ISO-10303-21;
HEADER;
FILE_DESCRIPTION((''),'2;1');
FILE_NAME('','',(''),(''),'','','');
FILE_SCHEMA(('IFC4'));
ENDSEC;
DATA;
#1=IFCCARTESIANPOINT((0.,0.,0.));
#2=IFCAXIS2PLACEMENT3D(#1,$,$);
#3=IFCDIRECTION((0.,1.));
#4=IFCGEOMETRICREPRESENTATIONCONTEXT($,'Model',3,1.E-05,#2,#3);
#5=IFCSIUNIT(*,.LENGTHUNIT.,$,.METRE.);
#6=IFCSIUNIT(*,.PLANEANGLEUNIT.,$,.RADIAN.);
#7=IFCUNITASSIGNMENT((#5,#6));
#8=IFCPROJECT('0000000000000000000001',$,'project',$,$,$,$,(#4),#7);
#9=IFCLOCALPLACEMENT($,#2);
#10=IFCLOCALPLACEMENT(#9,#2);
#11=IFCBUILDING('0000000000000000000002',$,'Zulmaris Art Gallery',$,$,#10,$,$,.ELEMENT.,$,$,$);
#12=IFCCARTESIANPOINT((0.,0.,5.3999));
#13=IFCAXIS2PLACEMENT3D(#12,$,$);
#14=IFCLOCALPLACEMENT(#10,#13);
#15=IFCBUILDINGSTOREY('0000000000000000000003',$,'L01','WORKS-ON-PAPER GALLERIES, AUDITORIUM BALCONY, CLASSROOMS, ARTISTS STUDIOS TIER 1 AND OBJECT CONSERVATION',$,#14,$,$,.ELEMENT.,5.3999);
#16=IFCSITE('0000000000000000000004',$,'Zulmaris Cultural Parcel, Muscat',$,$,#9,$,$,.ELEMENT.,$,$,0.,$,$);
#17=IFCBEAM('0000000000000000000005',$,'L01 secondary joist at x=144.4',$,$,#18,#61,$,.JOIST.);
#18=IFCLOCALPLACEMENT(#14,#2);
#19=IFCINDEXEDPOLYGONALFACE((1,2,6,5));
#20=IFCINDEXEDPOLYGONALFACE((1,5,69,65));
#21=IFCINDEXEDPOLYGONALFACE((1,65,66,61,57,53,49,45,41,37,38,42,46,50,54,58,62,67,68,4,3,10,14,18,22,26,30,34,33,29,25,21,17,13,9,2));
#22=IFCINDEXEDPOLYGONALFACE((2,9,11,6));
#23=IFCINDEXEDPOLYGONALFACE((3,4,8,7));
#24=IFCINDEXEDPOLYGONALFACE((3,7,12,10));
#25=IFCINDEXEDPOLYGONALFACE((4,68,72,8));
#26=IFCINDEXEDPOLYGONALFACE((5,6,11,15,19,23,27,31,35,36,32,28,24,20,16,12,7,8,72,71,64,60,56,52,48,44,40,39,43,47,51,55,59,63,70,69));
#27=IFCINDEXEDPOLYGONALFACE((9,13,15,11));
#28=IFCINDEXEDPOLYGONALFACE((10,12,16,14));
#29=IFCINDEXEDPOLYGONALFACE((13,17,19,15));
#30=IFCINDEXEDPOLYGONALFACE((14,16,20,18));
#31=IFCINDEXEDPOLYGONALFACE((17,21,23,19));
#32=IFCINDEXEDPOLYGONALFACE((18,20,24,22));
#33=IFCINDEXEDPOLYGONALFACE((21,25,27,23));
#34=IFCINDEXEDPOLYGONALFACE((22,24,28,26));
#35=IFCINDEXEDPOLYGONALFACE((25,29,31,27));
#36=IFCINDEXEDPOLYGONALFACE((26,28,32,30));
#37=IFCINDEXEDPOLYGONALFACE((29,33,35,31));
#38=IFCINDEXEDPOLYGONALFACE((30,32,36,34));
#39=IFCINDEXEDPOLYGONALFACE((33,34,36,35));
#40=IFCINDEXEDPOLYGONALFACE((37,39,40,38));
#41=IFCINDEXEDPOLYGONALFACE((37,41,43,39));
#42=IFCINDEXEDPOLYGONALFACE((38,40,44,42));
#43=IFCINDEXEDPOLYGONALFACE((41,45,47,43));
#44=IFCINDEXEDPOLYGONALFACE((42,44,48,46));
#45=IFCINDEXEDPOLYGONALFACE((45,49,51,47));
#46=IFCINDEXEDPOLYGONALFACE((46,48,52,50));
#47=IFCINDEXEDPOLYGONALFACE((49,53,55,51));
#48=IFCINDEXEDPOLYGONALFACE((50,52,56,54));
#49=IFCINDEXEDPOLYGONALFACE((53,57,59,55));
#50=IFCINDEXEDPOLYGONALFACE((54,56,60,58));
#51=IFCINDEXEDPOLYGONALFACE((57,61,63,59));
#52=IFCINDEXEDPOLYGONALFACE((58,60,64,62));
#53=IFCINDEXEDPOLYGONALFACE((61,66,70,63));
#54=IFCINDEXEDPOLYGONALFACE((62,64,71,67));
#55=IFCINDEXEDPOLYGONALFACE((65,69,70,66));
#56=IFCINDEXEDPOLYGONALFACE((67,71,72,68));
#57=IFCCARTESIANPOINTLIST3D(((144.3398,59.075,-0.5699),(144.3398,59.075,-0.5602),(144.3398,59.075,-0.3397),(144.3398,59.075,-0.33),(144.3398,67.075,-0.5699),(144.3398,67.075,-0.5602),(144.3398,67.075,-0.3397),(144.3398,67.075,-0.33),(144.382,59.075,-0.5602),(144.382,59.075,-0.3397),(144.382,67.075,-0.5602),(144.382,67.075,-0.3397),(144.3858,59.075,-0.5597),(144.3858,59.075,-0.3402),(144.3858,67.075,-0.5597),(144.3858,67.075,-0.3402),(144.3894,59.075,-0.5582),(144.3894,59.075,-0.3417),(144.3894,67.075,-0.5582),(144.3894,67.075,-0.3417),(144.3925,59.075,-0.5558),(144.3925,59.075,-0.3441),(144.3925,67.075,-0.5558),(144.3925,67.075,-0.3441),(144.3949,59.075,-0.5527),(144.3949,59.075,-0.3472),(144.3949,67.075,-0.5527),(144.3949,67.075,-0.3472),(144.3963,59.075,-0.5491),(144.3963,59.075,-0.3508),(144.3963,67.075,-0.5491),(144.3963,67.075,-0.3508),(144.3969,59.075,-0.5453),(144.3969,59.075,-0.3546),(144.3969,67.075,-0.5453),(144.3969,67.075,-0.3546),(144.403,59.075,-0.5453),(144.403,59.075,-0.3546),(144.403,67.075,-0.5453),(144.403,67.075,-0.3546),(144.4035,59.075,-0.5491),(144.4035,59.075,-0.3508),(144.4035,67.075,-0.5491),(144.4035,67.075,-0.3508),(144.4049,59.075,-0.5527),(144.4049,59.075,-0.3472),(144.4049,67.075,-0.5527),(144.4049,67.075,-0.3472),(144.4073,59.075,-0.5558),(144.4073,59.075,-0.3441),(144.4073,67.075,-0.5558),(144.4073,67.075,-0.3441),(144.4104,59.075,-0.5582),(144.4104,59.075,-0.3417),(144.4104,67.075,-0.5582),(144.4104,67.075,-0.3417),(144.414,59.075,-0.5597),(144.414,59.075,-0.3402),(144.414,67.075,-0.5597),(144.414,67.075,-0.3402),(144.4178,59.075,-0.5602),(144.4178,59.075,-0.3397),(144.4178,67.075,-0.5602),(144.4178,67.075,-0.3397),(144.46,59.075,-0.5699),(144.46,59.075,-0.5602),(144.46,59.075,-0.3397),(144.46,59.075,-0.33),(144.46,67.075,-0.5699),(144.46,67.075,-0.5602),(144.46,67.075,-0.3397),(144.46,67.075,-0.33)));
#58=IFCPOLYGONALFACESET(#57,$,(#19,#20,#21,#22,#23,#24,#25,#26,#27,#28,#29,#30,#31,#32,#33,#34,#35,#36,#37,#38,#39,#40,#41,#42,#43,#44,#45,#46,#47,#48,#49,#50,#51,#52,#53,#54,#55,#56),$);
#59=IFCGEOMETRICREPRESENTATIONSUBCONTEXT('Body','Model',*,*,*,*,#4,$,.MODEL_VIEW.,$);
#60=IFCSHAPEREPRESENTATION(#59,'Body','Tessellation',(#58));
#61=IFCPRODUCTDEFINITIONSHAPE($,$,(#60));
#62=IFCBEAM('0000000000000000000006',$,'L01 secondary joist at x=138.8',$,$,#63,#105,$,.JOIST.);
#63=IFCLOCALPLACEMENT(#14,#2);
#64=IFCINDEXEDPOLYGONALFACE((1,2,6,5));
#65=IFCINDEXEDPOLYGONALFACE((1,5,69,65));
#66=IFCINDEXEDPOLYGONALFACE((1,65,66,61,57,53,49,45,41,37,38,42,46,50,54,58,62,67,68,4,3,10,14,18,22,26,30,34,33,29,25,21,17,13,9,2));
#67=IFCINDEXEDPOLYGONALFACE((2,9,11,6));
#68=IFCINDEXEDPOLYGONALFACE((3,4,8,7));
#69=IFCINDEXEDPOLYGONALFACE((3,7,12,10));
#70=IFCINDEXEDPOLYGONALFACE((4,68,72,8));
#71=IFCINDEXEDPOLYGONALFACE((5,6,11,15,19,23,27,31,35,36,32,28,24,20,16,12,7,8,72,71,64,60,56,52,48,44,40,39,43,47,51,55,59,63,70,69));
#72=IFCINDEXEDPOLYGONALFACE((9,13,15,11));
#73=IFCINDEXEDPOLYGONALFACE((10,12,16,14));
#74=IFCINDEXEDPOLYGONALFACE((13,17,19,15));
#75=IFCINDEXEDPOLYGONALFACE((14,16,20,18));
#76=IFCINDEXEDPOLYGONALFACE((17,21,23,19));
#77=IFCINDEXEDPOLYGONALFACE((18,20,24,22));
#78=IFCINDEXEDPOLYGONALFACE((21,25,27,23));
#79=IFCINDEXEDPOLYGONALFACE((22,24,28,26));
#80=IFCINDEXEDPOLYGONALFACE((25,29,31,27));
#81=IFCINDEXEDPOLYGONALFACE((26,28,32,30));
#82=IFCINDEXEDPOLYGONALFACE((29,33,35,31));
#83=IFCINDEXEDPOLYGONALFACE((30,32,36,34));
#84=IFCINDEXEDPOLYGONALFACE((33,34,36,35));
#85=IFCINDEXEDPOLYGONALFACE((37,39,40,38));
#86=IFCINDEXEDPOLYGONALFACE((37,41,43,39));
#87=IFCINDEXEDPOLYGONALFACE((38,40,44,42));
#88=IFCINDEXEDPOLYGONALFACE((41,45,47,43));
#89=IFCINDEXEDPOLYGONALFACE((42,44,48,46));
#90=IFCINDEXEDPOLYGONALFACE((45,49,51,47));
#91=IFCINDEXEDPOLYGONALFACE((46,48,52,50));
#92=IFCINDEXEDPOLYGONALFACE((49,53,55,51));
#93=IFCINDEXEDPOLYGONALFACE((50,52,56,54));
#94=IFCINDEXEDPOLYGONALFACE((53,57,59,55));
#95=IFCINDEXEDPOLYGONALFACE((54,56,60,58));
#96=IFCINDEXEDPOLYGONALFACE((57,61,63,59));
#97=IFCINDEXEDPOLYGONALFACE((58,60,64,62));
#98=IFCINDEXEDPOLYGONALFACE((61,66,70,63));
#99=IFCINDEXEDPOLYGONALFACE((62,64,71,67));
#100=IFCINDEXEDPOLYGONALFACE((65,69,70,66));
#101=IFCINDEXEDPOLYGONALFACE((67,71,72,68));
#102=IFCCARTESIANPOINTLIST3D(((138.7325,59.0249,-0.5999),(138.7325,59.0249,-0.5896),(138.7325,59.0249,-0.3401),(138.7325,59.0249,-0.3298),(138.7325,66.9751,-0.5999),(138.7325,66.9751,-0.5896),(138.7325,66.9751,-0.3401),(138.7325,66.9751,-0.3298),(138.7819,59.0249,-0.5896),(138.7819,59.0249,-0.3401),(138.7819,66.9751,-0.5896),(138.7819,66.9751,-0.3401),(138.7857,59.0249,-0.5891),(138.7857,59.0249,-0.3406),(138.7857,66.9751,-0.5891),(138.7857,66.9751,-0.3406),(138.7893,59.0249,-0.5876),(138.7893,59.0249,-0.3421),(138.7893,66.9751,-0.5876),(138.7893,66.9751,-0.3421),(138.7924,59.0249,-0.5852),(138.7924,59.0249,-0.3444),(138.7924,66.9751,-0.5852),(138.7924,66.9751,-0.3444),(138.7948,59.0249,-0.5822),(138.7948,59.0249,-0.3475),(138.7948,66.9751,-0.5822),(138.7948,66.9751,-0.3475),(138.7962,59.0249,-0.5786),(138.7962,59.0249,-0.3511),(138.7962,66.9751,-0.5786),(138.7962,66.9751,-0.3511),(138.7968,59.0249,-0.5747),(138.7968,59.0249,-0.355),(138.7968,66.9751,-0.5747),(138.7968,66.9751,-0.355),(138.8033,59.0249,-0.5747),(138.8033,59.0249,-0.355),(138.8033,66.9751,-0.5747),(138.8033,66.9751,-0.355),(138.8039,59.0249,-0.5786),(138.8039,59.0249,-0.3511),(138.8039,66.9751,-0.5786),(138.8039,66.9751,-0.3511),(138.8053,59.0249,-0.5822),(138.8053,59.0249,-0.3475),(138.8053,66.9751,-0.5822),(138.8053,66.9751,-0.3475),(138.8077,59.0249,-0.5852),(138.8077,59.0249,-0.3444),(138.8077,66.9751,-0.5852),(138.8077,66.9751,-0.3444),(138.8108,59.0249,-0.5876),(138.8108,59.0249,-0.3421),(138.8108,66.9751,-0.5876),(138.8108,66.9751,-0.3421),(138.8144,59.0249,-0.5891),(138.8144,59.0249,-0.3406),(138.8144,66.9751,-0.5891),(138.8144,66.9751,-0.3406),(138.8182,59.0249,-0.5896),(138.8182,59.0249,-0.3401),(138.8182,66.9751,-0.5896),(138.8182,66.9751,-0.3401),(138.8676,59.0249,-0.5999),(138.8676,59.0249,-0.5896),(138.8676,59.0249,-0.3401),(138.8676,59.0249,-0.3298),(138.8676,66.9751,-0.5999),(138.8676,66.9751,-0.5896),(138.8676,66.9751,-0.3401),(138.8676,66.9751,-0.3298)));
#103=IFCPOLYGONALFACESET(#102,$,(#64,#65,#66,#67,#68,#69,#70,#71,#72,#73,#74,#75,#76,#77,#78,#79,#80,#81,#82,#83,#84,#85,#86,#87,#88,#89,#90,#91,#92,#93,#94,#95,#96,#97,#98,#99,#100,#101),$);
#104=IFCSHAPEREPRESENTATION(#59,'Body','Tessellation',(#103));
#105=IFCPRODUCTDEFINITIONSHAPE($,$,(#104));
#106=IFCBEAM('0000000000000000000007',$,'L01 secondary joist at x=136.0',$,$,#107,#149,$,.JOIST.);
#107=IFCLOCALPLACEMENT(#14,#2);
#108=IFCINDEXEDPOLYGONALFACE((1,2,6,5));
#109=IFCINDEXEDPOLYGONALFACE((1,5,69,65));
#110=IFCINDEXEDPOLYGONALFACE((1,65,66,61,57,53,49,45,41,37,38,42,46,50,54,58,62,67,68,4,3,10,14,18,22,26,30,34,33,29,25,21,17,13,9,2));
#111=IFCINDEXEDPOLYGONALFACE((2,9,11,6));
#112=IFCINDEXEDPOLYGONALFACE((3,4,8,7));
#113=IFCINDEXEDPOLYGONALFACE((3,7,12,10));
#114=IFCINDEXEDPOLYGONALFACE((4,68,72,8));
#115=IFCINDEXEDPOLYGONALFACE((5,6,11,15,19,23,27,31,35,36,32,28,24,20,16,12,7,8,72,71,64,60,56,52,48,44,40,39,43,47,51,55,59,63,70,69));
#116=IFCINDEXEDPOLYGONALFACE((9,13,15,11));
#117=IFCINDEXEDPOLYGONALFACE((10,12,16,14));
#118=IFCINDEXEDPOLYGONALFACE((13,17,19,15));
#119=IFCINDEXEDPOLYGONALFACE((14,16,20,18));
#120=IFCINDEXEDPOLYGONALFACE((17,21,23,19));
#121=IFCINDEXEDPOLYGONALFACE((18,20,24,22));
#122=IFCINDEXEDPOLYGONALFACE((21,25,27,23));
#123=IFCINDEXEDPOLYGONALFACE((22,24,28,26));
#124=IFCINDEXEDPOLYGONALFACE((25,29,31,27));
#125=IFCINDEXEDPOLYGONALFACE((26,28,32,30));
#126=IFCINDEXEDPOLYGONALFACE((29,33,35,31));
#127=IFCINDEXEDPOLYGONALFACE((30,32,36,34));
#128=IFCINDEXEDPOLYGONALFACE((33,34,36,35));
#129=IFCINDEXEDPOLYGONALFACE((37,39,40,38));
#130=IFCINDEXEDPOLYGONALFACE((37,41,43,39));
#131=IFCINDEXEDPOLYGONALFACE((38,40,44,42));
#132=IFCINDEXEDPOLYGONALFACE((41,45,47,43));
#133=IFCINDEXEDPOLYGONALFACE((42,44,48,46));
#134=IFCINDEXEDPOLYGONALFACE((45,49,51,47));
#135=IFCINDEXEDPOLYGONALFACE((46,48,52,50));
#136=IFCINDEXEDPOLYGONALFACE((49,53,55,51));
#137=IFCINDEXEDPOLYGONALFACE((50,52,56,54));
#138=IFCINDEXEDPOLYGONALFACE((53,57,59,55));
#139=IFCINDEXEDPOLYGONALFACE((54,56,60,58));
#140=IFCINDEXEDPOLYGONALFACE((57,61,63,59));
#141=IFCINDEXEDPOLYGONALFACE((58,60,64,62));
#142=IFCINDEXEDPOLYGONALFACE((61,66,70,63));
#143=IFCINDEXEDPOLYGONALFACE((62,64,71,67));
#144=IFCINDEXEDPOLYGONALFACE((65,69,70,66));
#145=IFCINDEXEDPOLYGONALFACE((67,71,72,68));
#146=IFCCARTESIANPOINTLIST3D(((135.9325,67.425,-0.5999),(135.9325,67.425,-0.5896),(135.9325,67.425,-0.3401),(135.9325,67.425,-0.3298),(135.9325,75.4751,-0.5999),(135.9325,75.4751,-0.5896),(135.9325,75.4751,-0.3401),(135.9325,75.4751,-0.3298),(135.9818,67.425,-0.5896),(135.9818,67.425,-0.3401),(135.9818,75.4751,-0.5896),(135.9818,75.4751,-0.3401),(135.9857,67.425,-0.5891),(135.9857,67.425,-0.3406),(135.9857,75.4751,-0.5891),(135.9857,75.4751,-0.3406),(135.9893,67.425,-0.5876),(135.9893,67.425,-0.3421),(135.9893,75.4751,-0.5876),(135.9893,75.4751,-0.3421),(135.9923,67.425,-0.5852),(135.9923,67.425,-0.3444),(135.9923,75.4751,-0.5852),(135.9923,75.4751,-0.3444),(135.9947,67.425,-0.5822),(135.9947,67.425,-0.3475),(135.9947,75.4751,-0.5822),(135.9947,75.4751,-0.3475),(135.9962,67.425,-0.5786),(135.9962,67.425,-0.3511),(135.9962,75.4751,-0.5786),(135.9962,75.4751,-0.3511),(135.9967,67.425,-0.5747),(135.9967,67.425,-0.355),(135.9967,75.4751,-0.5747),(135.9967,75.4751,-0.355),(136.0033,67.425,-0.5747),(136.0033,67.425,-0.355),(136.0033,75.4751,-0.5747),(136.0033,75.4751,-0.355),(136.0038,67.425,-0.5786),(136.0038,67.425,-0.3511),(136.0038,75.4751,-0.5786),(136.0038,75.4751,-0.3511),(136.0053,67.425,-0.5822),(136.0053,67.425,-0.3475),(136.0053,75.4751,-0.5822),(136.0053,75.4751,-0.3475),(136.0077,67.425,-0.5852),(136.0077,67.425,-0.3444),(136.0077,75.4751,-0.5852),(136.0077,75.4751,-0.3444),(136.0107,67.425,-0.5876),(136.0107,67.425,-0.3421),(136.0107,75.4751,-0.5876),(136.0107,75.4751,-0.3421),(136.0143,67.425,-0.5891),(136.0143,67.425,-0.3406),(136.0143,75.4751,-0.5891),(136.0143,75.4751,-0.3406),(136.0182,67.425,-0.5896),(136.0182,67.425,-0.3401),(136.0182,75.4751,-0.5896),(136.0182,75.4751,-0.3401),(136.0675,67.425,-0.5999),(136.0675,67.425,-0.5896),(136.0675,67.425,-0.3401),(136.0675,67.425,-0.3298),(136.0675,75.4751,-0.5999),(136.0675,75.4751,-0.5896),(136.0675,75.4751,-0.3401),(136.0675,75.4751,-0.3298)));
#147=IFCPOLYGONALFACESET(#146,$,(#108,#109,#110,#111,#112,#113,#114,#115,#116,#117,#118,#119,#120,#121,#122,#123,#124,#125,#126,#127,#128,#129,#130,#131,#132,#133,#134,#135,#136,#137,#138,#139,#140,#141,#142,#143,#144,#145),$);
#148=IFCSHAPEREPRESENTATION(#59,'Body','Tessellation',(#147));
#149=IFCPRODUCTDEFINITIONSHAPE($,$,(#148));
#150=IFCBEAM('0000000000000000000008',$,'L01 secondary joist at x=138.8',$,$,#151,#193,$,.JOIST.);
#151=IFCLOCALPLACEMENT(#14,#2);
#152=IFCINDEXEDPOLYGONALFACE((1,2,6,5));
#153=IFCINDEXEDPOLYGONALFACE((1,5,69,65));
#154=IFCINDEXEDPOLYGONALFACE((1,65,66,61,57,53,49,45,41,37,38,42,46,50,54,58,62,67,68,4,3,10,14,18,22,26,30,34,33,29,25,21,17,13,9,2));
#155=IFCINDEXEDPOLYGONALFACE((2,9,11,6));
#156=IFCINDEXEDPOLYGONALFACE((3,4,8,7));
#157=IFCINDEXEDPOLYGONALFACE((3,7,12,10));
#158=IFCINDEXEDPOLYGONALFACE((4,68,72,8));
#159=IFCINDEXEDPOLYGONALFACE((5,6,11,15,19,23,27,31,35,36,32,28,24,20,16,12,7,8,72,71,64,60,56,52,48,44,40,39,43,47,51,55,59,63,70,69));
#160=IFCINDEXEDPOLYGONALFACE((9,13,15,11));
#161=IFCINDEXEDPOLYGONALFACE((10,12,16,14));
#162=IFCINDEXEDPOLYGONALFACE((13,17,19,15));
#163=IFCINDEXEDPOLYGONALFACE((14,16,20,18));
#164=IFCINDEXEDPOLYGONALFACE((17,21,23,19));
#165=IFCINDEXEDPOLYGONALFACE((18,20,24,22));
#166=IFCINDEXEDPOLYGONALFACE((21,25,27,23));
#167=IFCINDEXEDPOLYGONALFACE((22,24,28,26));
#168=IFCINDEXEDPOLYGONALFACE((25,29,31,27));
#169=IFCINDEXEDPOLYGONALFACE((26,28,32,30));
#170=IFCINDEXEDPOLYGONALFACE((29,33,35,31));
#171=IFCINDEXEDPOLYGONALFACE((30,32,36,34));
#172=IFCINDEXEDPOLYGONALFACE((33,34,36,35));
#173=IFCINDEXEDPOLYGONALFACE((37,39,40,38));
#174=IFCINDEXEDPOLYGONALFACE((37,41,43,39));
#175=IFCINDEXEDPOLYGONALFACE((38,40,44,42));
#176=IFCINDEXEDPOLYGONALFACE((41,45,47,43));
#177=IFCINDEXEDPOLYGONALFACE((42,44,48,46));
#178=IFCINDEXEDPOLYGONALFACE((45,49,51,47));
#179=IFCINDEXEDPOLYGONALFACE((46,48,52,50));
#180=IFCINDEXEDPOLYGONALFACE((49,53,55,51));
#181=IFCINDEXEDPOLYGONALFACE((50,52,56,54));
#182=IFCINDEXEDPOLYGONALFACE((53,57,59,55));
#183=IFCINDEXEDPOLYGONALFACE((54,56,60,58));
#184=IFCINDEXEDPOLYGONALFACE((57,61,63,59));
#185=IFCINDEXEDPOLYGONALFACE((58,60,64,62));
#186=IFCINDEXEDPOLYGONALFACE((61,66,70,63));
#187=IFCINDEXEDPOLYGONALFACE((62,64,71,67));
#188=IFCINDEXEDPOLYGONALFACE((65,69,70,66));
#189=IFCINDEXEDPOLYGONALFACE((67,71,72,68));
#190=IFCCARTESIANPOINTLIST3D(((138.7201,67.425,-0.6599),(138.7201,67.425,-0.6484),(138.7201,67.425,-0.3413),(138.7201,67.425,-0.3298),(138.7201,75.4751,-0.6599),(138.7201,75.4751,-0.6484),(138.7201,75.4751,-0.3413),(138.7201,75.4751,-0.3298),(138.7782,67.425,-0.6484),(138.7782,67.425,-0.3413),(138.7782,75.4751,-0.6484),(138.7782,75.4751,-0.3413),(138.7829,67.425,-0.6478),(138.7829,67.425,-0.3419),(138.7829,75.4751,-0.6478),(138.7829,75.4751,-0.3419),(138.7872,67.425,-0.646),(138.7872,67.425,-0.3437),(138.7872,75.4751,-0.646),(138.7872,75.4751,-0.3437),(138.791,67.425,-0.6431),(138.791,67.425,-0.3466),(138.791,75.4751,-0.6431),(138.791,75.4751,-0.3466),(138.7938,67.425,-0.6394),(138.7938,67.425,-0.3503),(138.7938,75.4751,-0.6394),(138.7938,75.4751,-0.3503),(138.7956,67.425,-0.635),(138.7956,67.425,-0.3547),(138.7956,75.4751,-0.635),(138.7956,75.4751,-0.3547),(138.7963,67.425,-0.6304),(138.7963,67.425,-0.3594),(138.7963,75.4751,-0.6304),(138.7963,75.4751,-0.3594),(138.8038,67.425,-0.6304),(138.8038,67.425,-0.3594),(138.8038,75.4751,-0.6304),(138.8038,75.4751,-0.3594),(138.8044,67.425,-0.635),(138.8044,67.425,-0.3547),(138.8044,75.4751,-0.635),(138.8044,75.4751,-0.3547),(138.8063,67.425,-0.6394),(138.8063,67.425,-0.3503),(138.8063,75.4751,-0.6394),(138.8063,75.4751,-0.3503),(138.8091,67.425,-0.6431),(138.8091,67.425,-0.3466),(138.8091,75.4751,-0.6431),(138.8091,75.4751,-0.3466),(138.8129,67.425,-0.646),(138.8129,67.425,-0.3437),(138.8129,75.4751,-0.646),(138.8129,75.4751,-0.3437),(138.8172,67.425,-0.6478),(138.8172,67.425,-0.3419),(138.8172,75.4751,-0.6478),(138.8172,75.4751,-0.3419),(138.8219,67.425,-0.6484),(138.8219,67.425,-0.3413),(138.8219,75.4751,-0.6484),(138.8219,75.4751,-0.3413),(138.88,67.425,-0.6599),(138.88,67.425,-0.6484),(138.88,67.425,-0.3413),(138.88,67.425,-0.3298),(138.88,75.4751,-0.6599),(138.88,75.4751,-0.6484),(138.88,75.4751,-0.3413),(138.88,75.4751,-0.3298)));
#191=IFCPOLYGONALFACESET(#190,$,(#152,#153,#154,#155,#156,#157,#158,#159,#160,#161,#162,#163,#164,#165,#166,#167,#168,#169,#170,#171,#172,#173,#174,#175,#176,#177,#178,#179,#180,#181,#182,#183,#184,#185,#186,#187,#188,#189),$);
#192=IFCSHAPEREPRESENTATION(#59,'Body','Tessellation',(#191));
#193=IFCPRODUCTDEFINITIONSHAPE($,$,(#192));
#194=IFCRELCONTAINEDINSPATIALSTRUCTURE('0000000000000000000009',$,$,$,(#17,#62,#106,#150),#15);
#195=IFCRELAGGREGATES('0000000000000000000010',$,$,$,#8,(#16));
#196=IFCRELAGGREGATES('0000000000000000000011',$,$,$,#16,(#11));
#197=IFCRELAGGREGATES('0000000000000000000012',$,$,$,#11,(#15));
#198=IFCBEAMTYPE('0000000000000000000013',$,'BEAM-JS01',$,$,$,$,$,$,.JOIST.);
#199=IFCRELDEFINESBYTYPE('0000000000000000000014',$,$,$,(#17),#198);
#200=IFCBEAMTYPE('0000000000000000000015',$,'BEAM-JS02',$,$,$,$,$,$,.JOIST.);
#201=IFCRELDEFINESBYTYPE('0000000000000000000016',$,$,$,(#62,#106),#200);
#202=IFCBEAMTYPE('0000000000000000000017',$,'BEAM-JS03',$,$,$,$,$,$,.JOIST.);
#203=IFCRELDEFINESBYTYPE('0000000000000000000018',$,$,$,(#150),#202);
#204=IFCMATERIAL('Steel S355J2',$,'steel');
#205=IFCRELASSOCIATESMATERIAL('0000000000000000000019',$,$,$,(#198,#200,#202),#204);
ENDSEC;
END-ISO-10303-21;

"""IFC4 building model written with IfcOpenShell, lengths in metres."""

from ifc_helpers import new_model, si_unit, direction, frame, origin, origin_2d, place, context, subcontext, project, spatial, i_section, extrude, material, material_profile, profile_set, type_object, element, save


model = new_model("IFC4")

# Units and contexts
model_context = context("Model", 3, precision=1e-05, world=origin(), true_north=direction((0.0, 1.0)))
body_context = subcontext(model_context, "Body", "Model", "MODEL_VIEW")
ifc_project = project(units=[si_unit("LENGTHUNIT", "METRE"), si_unit("PLANEANGLEUNIT", "RADIAN")], contexts=[model_context])

# Site, building, storey
site_placement = place(None, origin())
site = spatial("IfcSite", under=ifc_project, at=site_placement, Name="Zulmaris Cultural Parcel, Muscat", CompositionType="ELEMENT", RefElevation=0.0)
building_placement = place(site_placement, origin())
building = spatial("IfcBuilding", under=site, at=building_placement, Name="Zulmaris Art Gallery", CompositionType="ELEMENT")
storey_placement = place(building_placement, frame((0.0, 0.0, 5.3999)))
storey = spatial("IfcBuildingStorey", under=building, at=storey_placement, Name="L01", Description="WORKS-ON-PAPER GALLERIES, AUDITORIUM BALCONY, CLASSROOMS, ARTISTS STUDIOS TIER 1 AND OBJECT CONSERVATION", CompositionType="ELEMENT", Elevation=5.3999)

# Beams
ifc_material_1 = material(Name="Steel S355J2", Category="steel")
ifc_material_profile_1 = material_profile(ifc_material_1, i_section(OverallWidth=0.1201, OverallDepth=0.24, WebThickness=0.0061, FlangeThickness=0.0098, FilletRadius=0.0149, at=origin_2d()), Name="IPE 240")
ifc_profile_set_1 = profile_set([ifc_material_profile_1], Name="Steel S355J2")
beam_type_1 = type_object("IfcBeamType", Name="BEAM-JS01", PredefinedType="JOIST", material=ifc_profile_set_1)
beam_1_placement = place(storey_placement, frame((144.3999, 59.075, -0.45), z_axis=(0.0, 1.0, 0.0), x_axis=(-1.0, 0.0, 0.0)))
element("IfcBeam", 1, at=beam_1_placement, inside=storey, type_object=beam_type_1, Name="L01 secondary joist at x=144.4", PredefinedType="JOIST", context=body_context, shape_type="SweptSolid", body=[
    extrude(i_section(OverallWidth=0.1201, OverallDepth=0.24, WebThickness=0.0061, FlangeThickness=0.0098, FilletRadius=0.0149, at=origin_2d()), origin(), (0.0, 0.0, 1.0), 8.0),
])
ifc_material_profile_2 = material_profile(ifc_material_1, i_section(OverallWidth=0.135, OverallDepth=0.27, WebThickness=0.0066, FlangeThickness=0.0103, FilletRadius=0.0149, at=origin_2d()), Name="IPE 270")
ifc_profile_set_2 = profile_set([ifc_material_profile_2], Name="Steel S355J2")
beam_type_2 = type_object("IfcBeamType", Name="BEAM-JS02", PredefinedType="JOIST", material=ifc_profile_set_2)
beam_2_placement = place(storey_placement, frame((138.8, 59.0249, -0.4648), z_axis=(0.0, 1.0, 0.0), x_axis=(-1.0, 0.0, 0.0)))
element("IfcBeam", 2, at=beam_2_placement, inside=storey, type_object=beam_type_2, Name="L01 secondary joist at x=138.8", PredefinedType="JOIST", context=body_context, shape_type="SweptSolid", body=[
    extrude(i_section(OverallWidth=0.135, OverallDepth=0.27, WebThickness=0.0066, FlangeThickness=0.0103, FilletRadius=0.0149, at=origin_2d()), origin(), (0.0, 0.0, 1.0), 7.9502),
])
beam_3_placement = place(storey_placement, frame((136.0, 67.425, -0.4648), z_axis=(0.0, 1.0, 0.0), x_axis=(-1.0, 0.0, 0.0)))
element("IfcBeam", 3, at=beam_3_placement, inside=storey, type_object=beam_type_2, Name="L01 secondary joist at x=136.0", PredefinedType="JOIST", context=body_context, shape_type="SweptSolid", body=[
    extrude(i_section(OverallWidth=0.135, OverallDepth=0.27, WebThickness=0.0066, FlangeThickness=0.0103, FilletRadius=0.0149, at=origin_2d()), origin(), (0.0, 0.0, 1.0), 8.05),
])
ifc_material_profile_3 = material_profile(ifc_material_1, i_section(OverallWidth=0.1599, OverallDepth=0.3301, WebThickness=0.0076, FlangeThickness=0.0115, FilletRadius=0.0181, at=origin_2d()), Name="IPE 330")
ifc_profile_set_3 = profile_set([ifc_material_profile_3], Name="Steel S355J2")
beam_type_3 = type_object("IfcBeamType", Name="BEAM-JS03", PredefinedType="JOIST", material=ifc_profile_set_3)
beam_4_placement = place(storey_placement, frame((138.8, 67.425, -0.4949), z_axis=(0.0, 1.0, 0.0), x_axis=(-1.0, 0.0, 0.0)))
element("IfcBeam", 4, at=beam_4_placement, inside=storey, type_object=beam_type_3, Name="L01 secondary joist at x=138.8", PredefinedType="JOIST", context=body_context, shape_type="SweptSolid", body=[
    extrude(i_section(OverallWidth=0.1599, OverallDepth=0.3301, WebThickness=0.0076, FlangeThickness=0.0115, FilletRadius=0.0181, at=origin_2d()), origin(), (0.0, 0.0, 1.0), 8.05),
])

save(model, "model.ifc")
